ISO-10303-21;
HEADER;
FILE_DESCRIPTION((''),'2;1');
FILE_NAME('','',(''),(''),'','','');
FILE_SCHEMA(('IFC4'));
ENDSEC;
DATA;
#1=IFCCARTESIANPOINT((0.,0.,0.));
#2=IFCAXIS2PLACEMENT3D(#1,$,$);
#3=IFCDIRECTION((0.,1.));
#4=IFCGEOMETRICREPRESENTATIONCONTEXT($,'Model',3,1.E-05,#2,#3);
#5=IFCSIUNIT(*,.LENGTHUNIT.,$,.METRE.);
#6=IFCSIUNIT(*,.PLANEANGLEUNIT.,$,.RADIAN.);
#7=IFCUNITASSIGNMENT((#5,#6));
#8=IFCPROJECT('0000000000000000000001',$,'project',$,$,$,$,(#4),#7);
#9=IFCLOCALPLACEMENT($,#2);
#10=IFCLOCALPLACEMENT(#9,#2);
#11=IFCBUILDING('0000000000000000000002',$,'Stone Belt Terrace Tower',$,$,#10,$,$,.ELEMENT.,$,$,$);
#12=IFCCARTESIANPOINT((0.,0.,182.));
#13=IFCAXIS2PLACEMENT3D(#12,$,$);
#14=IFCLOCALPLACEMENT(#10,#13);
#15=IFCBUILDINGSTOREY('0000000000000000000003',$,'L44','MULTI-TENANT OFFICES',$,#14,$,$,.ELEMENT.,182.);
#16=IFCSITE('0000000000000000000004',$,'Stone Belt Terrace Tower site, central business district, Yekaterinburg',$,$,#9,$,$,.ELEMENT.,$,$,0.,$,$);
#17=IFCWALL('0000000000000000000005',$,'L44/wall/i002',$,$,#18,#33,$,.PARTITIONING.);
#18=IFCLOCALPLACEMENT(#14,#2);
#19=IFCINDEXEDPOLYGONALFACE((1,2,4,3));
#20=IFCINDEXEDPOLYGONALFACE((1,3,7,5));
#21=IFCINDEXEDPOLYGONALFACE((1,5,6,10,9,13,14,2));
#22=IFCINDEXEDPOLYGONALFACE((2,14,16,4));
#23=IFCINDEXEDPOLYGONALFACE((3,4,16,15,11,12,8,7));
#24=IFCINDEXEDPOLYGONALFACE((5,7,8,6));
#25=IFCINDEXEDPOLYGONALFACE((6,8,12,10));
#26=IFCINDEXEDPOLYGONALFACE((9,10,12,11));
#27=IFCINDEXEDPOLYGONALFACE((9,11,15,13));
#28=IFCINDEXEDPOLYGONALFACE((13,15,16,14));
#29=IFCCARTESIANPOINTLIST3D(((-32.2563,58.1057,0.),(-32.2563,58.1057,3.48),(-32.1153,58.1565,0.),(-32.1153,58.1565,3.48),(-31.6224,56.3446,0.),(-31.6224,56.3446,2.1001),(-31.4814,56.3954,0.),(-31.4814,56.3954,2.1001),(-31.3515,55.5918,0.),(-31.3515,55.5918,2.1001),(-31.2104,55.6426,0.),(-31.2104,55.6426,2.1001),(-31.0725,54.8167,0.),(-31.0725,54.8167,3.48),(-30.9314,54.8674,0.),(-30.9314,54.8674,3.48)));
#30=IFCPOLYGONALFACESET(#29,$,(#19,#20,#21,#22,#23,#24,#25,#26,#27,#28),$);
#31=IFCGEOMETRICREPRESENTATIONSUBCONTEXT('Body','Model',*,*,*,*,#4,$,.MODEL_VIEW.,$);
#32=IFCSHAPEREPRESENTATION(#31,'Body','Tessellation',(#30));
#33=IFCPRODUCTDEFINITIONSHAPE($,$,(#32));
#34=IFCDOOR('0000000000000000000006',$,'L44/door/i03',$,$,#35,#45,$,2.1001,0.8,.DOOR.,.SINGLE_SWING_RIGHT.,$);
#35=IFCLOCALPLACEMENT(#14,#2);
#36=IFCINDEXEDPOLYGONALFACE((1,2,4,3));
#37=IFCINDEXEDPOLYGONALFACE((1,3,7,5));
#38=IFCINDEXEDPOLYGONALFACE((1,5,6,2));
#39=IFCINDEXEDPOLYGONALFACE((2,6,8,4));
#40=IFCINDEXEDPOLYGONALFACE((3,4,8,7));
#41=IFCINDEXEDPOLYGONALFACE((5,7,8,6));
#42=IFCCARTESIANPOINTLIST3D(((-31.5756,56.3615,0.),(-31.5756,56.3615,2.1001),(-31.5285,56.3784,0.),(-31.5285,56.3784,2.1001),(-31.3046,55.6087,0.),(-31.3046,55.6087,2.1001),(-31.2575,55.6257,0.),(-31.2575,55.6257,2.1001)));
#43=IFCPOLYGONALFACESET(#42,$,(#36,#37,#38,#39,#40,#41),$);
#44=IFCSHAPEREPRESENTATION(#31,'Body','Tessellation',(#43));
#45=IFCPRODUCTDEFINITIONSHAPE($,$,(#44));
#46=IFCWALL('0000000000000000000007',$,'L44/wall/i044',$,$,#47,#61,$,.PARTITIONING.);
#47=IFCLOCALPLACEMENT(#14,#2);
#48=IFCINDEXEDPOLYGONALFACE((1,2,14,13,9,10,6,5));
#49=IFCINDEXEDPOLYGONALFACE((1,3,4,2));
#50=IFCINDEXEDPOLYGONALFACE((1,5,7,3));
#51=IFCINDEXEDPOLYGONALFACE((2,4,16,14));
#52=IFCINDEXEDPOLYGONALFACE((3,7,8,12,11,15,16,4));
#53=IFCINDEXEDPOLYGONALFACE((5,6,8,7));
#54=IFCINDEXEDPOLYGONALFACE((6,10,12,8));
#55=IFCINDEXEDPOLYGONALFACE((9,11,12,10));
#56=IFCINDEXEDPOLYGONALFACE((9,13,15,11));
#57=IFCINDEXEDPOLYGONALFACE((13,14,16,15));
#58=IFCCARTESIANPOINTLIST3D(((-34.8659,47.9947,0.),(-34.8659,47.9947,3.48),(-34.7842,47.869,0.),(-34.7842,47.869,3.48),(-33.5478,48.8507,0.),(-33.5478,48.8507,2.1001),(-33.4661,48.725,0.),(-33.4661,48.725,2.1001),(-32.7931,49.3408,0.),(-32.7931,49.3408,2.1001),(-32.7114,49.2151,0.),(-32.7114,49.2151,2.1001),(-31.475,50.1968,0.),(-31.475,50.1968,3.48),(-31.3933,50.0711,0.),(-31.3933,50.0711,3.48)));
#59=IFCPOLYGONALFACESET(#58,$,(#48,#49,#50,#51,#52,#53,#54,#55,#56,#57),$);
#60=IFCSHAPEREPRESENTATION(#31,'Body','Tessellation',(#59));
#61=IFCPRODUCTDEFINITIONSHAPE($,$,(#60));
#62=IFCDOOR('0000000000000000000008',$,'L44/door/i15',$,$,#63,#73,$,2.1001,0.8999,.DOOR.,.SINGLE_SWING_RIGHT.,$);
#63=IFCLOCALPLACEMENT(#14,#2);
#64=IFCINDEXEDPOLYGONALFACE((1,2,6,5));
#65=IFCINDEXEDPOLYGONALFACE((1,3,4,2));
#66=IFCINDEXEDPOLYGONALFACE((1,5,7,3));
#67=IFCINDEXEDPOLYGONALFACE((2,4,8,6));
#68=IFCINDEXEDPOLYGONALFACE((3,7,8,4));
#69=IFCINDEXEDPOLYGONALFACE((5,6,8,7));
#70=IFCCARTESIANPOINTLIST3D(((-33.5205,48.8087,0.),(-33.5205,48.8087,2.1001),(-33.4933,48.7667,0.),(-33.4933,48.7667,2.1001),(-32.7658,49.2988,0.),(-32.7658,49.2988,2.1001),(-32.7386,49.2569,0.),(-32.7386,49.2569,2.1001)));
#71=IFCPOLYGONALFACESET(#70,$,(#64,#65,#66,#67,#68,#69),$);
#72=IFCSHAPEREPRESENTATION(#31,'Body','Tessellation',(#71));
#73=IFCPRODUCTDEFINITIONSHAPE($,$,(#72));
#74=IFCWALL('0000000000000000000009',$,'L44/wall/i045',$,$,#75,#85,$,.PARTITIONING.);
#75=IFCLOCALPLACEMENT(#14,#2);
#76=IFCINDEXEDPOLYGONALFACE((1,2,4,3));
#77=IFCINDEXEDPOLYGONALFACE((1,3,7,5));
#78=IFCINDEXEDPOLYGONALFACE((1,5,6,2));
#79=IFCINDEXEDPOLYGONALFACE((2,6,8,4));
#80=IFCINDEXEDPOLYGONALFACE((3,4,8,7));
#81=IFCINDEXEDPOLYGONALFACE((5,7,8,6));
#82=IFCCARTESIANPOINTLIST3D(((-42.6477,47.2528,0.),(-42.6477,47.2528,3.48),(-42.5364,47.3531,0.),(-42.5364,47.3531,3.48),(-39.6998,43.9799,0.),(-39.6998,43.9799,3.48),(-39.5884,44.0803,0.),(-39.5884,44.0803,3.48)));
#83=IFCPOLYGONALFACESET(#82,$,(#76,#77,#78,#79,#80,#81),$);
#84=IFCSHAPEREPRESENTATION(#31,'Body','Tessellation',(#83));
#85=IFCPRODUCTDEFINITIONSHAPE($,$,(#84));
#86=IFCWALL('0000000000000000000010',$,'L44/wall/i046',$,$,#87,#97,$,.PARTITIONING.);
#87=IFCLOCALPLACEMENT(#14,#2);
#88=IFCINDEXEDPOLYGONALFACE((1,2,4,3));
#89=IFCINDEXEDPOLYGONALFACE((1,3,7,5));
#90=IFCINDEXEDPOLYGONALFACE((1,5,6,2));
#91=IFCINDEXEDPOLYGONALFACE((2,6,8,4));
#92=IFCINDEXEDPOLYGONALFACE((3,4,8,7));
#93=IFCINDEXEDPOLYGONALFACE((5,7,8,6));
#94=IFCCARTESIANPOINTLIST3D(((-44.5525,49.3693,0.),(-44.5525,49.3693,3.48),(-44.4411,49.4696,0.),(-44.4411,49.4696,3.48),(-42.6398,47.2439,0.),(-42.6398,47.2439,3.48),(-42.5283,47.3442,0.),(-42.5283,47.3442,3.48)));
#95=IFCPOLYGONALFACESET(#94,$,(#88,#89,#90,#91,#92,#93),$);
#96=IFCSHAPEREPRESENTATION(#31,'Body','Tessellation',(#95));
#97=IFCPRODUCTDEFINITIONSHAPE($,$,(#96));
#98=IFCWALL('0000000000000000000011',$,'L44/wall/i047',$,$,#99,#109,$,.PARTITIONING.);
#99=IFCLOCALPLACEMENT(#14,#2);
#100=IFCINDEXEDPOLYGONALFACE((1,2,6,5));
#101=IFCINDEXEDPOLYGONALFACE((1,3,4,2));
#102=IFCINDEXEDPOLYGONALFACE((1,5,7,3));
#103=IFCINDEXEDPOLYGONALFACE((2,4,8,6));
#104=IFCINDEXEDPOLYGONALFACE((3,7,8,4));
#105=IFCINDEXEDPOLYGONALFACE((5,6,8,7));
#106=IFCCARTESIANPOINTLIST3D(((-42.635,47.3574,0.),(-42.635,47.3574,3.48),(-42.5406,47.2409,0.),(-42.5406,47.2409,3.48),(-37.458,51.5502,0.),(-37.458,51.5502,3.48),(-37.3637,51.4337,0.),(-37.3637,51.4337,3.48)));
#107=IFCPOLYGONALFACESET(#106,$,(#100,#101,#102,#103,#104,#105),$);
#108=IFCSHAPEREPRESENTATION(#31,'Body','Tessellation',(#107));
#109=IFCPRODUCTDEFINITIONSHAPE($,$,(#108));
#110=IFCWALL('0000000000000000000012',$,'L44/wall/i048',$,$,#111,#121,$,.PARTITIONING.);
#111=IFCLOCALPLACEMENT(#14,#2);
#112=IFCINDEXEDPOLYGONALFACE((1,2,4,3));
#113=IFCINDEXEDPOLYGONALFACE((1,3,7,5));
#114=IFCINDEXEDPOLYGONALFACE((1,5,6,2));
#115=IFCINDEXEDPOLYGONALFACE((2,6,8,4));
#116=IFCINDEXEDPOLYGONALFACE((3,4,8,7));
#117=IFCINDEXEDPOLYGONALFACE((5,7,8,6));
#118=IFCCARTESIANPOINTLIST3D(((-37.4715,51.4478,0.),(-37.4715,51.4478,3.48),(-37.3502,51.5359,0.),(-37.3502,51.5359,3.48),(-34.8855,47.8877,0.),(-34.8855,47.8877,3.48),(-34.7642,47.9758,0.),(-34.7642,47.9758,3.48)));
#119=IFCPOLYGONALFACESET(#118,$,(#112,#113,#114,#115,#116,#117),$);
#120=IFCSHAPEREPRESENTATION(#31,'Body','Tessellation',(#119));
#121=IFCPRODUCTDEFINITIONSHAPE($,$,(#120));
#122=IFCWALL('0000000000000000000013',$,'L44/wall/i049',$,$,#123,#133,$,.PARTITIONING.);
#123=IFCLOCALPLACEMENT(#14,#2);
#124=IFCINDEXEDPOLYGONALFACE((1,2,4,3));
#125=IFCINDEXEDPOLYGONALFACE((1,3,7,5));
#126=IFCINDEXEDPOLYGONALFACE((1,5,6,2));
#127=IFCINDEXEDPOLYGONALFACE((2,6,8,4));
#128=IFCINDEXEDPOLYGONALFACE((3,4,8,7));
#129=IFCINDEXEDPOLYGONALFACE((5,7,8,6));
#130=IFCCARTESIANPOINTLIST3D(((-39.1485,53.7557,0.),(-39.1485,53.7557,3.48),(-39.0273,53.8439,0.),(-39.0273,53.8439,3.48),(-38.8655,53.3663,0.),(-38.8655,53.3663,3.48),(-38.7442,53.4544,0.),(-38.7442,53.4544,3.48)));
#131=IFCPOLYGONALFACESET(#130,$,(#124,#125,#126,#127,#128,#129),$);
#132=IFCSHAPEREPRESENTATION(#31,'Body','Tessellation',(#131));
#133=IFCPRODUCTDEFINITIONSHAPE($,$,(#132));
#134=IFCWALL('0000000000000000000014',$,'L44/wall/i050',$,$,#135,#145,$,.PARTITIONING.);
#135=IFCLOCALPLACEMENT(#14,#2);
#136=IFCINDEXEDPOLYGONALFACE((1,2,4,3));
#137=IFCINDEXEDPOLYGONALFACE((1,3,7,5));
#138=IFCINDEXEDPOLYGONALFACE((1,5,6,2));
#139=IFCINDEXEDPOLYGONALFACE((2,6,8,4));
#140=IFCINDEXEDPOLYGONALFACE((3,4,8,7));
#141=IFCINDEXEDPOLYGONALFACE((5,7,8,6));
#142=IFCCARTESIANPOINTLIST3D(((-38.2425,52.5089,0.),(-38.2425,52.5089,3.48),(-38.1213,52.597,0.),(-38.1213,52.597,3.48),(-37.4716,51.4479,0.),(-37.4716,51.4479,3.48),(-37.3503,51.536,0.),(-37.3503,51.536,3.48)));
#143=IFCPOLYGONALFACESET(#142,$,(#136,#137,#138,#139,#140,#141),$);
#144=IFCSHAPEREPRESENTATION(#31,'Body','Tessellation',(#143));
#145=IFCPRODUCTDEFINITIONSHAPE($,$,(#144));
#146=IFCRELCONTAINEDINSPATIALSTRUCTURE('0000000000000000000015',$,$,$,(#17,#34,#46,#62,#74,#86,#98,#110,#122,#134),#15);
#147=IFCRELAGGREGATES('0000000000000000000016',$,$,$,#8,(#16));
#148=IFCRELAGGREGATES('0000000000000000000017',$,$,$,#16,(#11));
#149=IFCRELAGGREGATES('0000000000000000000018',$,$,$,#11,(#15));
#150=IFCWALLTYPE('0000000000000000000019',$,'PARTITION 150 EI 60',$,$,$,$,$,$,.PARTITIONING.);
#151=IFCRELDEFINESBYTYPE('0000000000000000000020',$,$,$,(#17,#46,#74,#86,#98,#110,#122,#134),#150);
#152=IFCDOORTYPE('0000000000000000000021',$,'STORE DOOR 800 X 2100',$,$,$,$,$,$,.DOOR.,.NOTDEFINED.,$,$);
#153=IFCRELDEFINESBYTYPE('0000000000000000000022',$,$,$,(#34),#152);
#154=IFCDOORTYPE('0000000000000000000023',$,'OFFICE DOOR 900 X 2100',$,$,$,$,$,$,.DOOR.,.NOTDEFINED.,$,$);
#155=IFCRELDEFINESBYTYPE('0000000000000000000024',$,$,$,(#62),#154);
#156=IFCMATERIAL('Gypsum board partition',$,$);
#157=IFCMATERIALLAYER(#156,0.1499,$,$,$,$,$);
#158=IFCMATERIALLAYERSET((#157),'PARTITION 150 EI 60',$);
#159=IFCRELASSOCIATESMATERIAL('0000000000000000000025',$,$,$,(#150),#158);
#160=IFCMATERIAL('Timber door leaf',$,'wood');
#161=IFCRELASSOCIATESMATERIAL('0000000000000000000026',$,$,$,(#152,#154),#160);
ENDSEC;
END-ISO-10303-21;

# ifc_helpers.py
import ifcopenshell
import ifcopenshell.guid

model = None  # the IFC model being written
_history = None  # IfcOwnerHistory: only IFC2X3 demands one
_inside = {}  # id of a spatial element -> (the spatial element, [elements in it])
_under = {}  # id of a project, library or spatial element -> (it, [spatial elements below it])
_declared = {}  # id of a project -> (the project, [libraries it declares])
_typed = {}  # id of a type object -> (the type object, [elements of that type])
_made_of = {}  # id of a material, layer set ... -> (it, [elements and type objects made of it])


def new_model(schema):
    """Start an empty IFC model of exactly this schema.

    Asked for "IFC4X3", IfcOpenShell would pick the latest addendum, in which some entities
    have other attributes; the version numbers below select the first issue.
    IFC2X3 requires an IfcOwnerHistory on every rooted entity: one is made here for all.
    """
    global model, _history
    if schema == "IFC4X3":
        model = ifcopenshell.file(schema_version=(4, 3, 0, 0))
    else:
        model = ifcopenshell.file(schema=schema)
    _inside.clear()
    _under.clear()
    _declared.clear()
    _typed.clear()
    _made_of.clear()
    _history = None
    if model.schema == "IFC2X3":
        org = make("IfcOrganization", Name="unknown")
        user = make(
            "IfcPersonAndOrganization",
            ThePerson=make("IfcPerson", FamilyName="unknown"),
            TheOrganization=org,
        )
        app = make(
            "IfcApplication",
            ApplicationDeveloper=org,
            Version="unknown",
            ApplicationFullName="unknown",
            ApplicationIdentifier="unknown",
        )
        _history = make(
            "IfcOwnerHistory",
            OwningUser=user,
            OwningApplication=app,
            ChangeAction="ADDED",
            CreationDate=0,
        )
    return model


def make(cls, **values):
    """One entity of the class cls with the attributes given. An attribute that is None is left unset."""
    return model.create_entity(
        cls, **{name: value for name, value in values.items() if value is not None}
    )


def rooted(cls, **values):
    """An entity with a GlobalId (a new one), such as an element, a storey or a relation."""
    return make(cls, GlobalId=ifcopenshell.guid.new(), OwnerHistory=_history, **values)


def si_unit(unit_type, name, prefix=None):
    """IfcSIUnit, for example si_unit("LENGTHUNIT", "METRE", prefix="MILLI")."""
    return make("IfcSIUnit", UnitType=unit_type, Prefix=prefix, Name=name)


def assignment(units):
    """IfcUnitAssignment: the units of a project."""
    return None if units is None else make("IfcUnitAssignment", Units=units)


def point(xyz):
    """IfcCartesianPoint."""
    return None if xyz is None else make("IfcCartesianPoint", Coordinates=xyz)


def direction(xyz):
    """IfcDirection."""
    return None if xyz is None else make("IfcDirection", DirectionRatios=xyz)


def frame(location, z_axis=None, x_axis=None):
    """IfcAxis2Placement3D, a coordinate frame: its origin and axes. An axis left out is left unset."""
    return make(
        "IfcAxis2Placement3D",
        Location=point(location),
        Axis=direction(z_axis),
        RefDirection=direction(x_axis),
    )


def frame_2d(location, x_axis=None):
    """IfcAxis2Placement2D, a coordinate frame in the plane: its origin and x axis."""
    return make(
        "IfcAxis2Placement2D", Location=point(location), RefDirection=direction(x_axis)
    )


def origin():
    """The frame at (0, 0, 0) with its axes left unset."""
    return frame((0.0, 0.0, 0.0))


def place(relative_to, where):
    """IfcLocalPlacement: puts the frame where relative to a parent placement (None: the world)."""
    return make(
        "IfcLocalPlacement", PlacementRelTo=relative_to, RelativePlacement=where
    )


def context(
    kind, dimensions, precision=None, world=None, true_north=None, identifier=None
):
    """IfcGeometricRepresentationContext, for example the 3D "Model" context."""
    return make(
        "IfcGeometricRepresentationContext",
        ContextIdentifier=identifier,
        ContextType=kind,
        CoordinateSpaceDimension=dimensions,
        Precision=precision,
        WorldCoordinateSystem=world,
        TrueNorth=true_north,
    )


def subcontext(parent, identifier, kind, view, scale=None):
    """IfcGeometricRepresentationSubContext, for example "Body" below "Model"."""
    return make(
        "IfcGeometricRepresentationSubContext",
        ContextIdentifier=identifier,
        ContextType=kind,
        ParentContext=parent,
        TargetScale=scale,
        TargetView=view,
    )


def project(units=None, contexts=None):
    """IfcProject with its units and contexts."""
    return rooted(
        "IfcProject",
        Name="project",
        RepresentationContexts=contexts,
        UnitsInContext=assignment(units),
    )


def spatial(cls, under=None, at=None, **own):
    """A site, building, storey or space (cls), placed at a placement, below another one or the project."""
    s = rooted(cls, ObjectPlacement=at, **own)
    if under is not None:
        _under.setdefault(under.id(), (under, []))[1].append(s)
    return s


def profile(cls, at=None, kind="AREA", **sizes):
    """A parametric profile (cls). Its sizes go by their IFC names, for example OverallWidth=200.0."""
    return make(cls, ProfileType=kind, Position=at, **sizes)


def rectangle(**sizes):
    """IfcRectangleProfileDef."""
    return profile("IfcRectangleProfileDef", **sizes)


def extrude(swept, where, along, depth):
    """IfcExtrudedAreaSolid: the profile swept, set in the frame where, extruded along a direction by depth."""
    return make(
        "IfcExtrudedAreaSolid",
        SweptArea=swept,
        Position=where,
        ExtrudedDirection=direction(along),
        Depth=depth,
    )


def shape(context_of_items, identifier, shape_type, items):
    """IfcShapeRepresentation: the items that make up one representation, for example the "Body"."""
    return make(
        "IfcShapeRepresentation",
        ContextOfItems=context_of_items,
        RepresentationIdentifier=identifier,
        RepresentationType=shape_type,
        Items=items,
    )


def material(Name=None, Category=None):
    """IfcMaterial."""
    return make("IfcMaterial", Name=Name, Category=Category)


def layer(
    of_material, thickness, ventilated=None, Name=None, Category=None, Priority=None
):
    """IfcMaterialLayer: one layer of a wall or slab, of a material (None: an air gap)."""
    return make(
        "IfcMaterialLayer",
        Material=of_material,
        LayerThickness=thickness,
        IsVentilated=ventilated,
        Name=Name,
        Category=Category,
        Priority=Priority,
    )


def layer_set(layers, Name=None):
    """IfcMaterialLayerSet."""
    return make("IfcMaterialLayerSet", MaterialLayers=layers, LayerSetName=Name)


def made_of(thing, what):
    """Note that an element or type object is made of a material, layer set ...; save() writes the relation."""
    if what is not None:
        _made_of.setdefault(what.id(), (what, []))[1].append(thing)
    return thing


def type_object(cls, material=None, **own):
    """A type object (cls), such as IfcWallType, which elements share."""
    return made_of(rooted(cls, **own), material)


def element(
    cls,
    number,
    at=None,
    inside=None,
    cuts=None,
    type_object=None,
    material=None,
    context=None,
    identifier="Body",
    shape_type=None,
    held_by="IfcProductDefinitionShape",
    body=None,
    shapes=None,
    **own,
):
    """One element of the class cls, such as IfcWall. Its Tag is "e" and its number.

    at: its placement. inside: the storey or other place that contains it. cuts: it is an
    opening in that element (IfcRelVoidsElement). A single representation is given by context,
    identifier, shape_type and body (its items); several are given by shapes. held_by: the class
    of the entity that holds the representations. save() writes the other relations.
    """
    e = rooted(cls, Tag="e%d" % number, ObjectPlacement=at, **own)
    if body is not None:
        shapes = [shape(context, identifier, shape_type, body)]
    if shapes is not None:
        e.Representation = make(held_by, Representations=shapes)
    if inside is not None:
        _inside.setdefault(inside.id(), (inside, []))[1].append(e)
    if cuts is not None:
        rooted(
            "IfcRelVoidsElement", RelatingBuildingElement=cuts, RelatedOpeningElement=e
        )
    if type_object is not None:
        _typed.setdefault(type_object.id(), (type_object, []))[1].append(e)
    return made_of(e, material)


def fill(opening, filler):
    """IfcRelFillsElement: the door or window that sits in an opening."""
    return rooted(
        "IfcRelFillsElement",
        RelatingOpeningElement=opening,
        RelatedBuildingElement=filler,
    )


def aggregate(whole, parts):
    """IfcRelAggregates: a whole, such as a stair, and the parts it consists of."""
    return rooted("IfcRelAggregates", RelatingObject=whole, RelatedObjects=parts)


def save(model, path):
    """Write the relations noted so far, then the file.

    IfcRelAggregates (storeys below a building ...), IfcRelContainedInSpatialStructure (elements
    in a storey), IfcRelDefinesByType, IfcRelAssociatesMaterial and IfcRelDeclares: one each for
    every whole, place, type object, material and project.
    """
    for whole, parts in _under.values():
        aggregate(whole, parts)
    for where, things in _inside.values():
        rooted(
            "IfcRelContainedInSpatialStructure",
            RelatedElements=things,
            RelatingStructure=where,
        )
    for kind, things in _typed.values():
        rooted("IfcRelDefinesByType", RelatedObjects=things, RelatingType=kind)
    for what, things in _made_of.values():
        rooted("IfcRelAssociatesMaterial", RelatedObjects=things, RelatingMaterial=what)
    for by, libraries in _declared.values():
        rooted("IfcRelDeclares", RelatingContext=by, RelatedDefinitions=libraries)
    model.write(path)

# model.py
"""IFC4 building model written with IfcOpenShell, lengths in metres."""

from ifc_helpers import new_model, si_unit, direction, frame, frame_2d, origin, place, context, subcontext, project, spatial, rectangle, extrude, material, layer, layer_set, type_object, element, fill, save


model = new_model("IFC4")

# Units and contexts
model_context = context("Model", 3, precision=1e-05, world=origin(), true_north=direction((0.0, 1.0)))
body_context = subcontext(model_context, "Body", "Model", "MODEL_VIEW")
ifc_project = project(units=[si_unit("LENGTHUNIT", "METRE"), si_unit("PLANEANGLEUNIT", "RADIAN")], contexts=[model_context])

# Site, building, storey
site_placement = place(None, origin())
site = spatial("IfcSite", under=ifc_project, at=site_placement, Name="Stone Belt Terrace Tower site, central business district, Yekaterinburg", CompositionType="ELEMENT", RefElevation=0.0)
building_placement = place(site_placement, origin())
building = spatial("IfcBuilding", under=site, at=building_placement, Name="Stone Belt Terrace Tower", CompositionType="ELEMENT")
storey_placement = place(building_placement, frame((0.0, 0.0, 182.0)))
storey = spatial("IfcBuildingStorey", under=building, at=storey_placement, Name="L44", Description="MULTI-TENANT OFFICES", CompositionType="ELEMENT", Elevation=182.0)

# Walls, openings, doors
ifc_material_1 = material(Name="Gypsum board partition")
ifc_layer_1 = layer(ifc_material_1, 0.1499)
ifc_layer_set_1 = layer_set([ifc_layer_1], Name="PARTITION 150 EI 60")
wall_type = type_object("IfcWallType", Name="PARTITION 150 EI 60", PredefinedType="PARTITIONING", material=ifc_layer_set_1)
wall_1_placement = place(storey_placement, frame((-32.1858, 58.1311, 0.0), z_axis=(0.0, 0.0, 1.0), x_axis=(0.338663, -0.940908, 0.0)))
wall_1 = element("IfcWall", 1, at=wall_1_placement, inside=storey, type_object=wall_type, Name="L44/wall/i002", PredefinedType="PARTITIONING", context=body_context, shape_type="SweptSolid", body=[
    extrude(rectangle(XDim=3.4956, YDim=0.1499, at=frame_2d((1.7478, 0.0))), origin(), (0.0, 0.0, 1.0), 3.48),
])
opening_1_placement = place(wall_1_placement, frame((1.8718, 0.0, 0.0)))
opening_1 = element("IfcOpeningElement", 2, at=opening_1_placement, cuts=wall_1, PredefinedType="OPENING", context=body_context, shape_type="SweptSolid", body=[
    extrude(rectangle(XDim=0.8, YDim=2.1001, at=frame_2d((0.3999, 1.05))), frame((0.0, 0.085, 0.0), z_axis=(0.0, -1.0, 0.0), x_axis=(1.0, 0.0, 0.0)), (0.0, 0.0, 1.0), 0.1699),
])
ifc_material_2 = material(Name="Timber door leaf", Category="wood")
door_type_1 = type_object("IfcDoorType", Name="STORE DOOR 800 X 2100", OperationType="NOTDEFINED", PredefinedType="DOOR", material=ifc_material_2)
door_1_placement = place(opening_1_placement, origin())
door_1 = element("IfcDoor", 3, at=door_1_placement, inside=storey, type_object=door_type_1, Name="L44/door/i03", OperationType="SINGLE_SWING_RIGHT", OverallHeight=2.1001, OverallWidth=0.8, PredefinedType="DOOR", context=body_context, shape_type="SweptSolid", body=[
    extrude(rectangle(XDim=0.8, YDim=2.1001, at=frame_2d((0.3999, 1.05))), frame((0.0, 0.0249, 0.0), z_axis=(0.0, -1.0, 0.0), x_axis=(1.0, 0.0, 0.0)), (0.0, 0.0, 1.0), 0.05),
])
fill(opening_1, door_1)
wall_2_placement = place(storey_placement, frame((-34.825, 47.9319, 0.0), z_axis=(0.0, 0.0, 1.0), x_axis=(0.83866, 0.544655, 0.0)))
wall_2 = element("IfcWall", 4, at=wall_2_placement, inside=storey, type_object=wall_type, Name="L44/wall/i044", PredefinedType="PARTITIONING", context=body_context, shape_type="SweptSolid", body=[
    extrude(rectangle(XDim=4.0432, YDim=0.1499, at=frame_2d((2.0215, 0.0))), origin(), (0.0, 0.0, 1.0), 3.48),
])
opening_2_placement = place(wall_2_placement, frame((1.5715, 0.0, 0.0)))
opening_2 = element("IfcOpeningElement", 5, at=opening_2_placement, cuts=wall_2, PredefinedType="OPENING", context=body_context, shape_type="SweptSolid", body=[
    extrude(rectangle(XDim=0.8999, YDim=2.1001, at=frame_2d((0.45, 1.05))), frame((0.0, 0.085, 0.0), z_axis=(0.0, -1.0, 0.0), x_axis=(1.0, 0.0, 0.0)), (0.0, 0.0, 1.0), 0.1699),
])
door_type_2 = type_object("IfcDoorType", Name="OFFICE DOOR 900 X 2100", OperationType="NOTDEFINED", PredefinedType="DOOR", material=ifc_material_2)
door_2_placement = place(opening_2_placement, origin())
door_2 = element("IfcDoor", 6, at=door_2_placement, inside=storey, type_object=door_type_2, Name="L44/door/i15", OperationType="SINGLE_SWING_RIGHT", OverallHeight=2.1001, OverallWidth=0.8999, PredefinedType="DOOR", context=body_context, shape_type="SweptSolid", body=[
    extrude(rectangle(XDim=0.8999, YDim=2.1001, at=frame_2d((0.45, 1.05))), frame((0.0, 0.0249, 0.0), z_axis=(0.0, -1.0, 0.0), x_axis=(1.0, 0.0, 0.0)), (0.0, 0.0, 1.0), 0.05),
])
fill(opening_2, door_2)

# Walls
wall_3_placement = place(storey_placement, frame((-42.592, 47.303, 0.0), z_axis=(0.0, 0.0, 1.0), x_axis=(0.669259, -0.74303, 0.0)))
element("IfcWall", 7, at=wall_3_placement, inside=storey, type_object=wall_type, Name="L44/wall/i045", PredefinedType="PARTITIONING", context=body_context, shape_type="SweptSolid", body=[
    extrude(rectangle(XDim=4.4048, YDim=0.1499, at=frame_2d((2.2024, 0.0))), origin(), (0.0, 0.0, 1.0), 3.48),
])
wall_4_placement = place(storey_placement, frame((-44.4968, 49.4194, 0.0), z_axis=(0.0, 0.0, 1.0), x_axis=(0.668946, -0.743311, 0.0)))
element("IfcWall", 8, at=wall_4_placement, inside=storey, type_object=wall_type, Name="L44/wall/i046", PredefinedType="PARTITIONING", context=body_context, shape_type="SweptSolid", body=[
    extrude(rectangle(XDim=2.8594, YDim=0.1499, at=frame_2d((1.4297, 0.0))), origin(), (0.0, 0.0, 1.0), 3.48),
])
wall_5_placement = place(storey_placement, frame((-42.5879, 47.2991, 0.0), z_axis=(0.0, 0.0, 1.0), x_axis=(0.777101, 0.629376, 0.0)))
element("IfcWall", 9, at=wall_5_placement, inside=storey, type_object=wall_type, Name="L44/wall/i047", PredefinedType="PARTITIONING", context=body_context, shape_type="SweptSolid", body=[
    extrude(rectangle(XDim=6.6619, YDim=0.1499, at=frame_2d((3.3311, 0.0))), origin(), (0.0, 0.0, 1.0), 3.48),
])
wall_6_placement = place(storey_placement, frame((-37.4109, 51.4919, 0.0), z_axis=(0.0, 0.0, 1.0), x_axis=(0.587697, -0.809081, 0.0)))
element("IfcWall", 10, at=wall_6_placement, inside=storey, type_object=wall_type, Name="L44/wall/i048", PredefinedType="PARTITIONING", context=body_context, shape_type="SweptSolid", body=[
    extrude(rectangle(XDim=4.4001, YDim=0.1499, at=frame_2d((2.2002, 0.0))), origin(), (0.0, 0.0, 1.0), 3.48),
])
wall_7_placement = place(storey_placement, frame((-39.0879, 53.7998, 0.0), z_axis=(0.0, 0.0, 1.0), x_axis=(0.58784, -0.808977, 0.0)))
element("IfcWall", 11, at=wall_7_placement, inside=storey, type_object=wall_type, Name="L44/wall/i049", PredefinedType="PARTITIONING", context=body_context, shape_type="SweptSolid", body=[
    extrude(rectangle(XDim=0.4814, YDim=0.1499, at=frame_2d((0.2407, 0.0))), origin(), (0.0, 0.0, 1.0), 3.48),
])
wall_8_placement = place(storey_placement, frame((-38.1819, 52.553, 0.0), z_axis=(0.0, 0.0, 1.0), x_axis=(0.58784, -0.808977, 0.0)))
element("IfcWall", 12, at=wall_8_placement, inside=storey, type_object=wall_type, Name="L44/wall/i050", PredefinedType="PARTITIONING", context=body_context, shape_type="SweptSolid", body=[
    extrude(rectangle(XDim=1.3115, YDim=0.1499, at=frame_2d((0.6558, 0.0))), origin(), (0.0, 0.0, 1.0), 3.48),
])

save(model, "model.ifc")
